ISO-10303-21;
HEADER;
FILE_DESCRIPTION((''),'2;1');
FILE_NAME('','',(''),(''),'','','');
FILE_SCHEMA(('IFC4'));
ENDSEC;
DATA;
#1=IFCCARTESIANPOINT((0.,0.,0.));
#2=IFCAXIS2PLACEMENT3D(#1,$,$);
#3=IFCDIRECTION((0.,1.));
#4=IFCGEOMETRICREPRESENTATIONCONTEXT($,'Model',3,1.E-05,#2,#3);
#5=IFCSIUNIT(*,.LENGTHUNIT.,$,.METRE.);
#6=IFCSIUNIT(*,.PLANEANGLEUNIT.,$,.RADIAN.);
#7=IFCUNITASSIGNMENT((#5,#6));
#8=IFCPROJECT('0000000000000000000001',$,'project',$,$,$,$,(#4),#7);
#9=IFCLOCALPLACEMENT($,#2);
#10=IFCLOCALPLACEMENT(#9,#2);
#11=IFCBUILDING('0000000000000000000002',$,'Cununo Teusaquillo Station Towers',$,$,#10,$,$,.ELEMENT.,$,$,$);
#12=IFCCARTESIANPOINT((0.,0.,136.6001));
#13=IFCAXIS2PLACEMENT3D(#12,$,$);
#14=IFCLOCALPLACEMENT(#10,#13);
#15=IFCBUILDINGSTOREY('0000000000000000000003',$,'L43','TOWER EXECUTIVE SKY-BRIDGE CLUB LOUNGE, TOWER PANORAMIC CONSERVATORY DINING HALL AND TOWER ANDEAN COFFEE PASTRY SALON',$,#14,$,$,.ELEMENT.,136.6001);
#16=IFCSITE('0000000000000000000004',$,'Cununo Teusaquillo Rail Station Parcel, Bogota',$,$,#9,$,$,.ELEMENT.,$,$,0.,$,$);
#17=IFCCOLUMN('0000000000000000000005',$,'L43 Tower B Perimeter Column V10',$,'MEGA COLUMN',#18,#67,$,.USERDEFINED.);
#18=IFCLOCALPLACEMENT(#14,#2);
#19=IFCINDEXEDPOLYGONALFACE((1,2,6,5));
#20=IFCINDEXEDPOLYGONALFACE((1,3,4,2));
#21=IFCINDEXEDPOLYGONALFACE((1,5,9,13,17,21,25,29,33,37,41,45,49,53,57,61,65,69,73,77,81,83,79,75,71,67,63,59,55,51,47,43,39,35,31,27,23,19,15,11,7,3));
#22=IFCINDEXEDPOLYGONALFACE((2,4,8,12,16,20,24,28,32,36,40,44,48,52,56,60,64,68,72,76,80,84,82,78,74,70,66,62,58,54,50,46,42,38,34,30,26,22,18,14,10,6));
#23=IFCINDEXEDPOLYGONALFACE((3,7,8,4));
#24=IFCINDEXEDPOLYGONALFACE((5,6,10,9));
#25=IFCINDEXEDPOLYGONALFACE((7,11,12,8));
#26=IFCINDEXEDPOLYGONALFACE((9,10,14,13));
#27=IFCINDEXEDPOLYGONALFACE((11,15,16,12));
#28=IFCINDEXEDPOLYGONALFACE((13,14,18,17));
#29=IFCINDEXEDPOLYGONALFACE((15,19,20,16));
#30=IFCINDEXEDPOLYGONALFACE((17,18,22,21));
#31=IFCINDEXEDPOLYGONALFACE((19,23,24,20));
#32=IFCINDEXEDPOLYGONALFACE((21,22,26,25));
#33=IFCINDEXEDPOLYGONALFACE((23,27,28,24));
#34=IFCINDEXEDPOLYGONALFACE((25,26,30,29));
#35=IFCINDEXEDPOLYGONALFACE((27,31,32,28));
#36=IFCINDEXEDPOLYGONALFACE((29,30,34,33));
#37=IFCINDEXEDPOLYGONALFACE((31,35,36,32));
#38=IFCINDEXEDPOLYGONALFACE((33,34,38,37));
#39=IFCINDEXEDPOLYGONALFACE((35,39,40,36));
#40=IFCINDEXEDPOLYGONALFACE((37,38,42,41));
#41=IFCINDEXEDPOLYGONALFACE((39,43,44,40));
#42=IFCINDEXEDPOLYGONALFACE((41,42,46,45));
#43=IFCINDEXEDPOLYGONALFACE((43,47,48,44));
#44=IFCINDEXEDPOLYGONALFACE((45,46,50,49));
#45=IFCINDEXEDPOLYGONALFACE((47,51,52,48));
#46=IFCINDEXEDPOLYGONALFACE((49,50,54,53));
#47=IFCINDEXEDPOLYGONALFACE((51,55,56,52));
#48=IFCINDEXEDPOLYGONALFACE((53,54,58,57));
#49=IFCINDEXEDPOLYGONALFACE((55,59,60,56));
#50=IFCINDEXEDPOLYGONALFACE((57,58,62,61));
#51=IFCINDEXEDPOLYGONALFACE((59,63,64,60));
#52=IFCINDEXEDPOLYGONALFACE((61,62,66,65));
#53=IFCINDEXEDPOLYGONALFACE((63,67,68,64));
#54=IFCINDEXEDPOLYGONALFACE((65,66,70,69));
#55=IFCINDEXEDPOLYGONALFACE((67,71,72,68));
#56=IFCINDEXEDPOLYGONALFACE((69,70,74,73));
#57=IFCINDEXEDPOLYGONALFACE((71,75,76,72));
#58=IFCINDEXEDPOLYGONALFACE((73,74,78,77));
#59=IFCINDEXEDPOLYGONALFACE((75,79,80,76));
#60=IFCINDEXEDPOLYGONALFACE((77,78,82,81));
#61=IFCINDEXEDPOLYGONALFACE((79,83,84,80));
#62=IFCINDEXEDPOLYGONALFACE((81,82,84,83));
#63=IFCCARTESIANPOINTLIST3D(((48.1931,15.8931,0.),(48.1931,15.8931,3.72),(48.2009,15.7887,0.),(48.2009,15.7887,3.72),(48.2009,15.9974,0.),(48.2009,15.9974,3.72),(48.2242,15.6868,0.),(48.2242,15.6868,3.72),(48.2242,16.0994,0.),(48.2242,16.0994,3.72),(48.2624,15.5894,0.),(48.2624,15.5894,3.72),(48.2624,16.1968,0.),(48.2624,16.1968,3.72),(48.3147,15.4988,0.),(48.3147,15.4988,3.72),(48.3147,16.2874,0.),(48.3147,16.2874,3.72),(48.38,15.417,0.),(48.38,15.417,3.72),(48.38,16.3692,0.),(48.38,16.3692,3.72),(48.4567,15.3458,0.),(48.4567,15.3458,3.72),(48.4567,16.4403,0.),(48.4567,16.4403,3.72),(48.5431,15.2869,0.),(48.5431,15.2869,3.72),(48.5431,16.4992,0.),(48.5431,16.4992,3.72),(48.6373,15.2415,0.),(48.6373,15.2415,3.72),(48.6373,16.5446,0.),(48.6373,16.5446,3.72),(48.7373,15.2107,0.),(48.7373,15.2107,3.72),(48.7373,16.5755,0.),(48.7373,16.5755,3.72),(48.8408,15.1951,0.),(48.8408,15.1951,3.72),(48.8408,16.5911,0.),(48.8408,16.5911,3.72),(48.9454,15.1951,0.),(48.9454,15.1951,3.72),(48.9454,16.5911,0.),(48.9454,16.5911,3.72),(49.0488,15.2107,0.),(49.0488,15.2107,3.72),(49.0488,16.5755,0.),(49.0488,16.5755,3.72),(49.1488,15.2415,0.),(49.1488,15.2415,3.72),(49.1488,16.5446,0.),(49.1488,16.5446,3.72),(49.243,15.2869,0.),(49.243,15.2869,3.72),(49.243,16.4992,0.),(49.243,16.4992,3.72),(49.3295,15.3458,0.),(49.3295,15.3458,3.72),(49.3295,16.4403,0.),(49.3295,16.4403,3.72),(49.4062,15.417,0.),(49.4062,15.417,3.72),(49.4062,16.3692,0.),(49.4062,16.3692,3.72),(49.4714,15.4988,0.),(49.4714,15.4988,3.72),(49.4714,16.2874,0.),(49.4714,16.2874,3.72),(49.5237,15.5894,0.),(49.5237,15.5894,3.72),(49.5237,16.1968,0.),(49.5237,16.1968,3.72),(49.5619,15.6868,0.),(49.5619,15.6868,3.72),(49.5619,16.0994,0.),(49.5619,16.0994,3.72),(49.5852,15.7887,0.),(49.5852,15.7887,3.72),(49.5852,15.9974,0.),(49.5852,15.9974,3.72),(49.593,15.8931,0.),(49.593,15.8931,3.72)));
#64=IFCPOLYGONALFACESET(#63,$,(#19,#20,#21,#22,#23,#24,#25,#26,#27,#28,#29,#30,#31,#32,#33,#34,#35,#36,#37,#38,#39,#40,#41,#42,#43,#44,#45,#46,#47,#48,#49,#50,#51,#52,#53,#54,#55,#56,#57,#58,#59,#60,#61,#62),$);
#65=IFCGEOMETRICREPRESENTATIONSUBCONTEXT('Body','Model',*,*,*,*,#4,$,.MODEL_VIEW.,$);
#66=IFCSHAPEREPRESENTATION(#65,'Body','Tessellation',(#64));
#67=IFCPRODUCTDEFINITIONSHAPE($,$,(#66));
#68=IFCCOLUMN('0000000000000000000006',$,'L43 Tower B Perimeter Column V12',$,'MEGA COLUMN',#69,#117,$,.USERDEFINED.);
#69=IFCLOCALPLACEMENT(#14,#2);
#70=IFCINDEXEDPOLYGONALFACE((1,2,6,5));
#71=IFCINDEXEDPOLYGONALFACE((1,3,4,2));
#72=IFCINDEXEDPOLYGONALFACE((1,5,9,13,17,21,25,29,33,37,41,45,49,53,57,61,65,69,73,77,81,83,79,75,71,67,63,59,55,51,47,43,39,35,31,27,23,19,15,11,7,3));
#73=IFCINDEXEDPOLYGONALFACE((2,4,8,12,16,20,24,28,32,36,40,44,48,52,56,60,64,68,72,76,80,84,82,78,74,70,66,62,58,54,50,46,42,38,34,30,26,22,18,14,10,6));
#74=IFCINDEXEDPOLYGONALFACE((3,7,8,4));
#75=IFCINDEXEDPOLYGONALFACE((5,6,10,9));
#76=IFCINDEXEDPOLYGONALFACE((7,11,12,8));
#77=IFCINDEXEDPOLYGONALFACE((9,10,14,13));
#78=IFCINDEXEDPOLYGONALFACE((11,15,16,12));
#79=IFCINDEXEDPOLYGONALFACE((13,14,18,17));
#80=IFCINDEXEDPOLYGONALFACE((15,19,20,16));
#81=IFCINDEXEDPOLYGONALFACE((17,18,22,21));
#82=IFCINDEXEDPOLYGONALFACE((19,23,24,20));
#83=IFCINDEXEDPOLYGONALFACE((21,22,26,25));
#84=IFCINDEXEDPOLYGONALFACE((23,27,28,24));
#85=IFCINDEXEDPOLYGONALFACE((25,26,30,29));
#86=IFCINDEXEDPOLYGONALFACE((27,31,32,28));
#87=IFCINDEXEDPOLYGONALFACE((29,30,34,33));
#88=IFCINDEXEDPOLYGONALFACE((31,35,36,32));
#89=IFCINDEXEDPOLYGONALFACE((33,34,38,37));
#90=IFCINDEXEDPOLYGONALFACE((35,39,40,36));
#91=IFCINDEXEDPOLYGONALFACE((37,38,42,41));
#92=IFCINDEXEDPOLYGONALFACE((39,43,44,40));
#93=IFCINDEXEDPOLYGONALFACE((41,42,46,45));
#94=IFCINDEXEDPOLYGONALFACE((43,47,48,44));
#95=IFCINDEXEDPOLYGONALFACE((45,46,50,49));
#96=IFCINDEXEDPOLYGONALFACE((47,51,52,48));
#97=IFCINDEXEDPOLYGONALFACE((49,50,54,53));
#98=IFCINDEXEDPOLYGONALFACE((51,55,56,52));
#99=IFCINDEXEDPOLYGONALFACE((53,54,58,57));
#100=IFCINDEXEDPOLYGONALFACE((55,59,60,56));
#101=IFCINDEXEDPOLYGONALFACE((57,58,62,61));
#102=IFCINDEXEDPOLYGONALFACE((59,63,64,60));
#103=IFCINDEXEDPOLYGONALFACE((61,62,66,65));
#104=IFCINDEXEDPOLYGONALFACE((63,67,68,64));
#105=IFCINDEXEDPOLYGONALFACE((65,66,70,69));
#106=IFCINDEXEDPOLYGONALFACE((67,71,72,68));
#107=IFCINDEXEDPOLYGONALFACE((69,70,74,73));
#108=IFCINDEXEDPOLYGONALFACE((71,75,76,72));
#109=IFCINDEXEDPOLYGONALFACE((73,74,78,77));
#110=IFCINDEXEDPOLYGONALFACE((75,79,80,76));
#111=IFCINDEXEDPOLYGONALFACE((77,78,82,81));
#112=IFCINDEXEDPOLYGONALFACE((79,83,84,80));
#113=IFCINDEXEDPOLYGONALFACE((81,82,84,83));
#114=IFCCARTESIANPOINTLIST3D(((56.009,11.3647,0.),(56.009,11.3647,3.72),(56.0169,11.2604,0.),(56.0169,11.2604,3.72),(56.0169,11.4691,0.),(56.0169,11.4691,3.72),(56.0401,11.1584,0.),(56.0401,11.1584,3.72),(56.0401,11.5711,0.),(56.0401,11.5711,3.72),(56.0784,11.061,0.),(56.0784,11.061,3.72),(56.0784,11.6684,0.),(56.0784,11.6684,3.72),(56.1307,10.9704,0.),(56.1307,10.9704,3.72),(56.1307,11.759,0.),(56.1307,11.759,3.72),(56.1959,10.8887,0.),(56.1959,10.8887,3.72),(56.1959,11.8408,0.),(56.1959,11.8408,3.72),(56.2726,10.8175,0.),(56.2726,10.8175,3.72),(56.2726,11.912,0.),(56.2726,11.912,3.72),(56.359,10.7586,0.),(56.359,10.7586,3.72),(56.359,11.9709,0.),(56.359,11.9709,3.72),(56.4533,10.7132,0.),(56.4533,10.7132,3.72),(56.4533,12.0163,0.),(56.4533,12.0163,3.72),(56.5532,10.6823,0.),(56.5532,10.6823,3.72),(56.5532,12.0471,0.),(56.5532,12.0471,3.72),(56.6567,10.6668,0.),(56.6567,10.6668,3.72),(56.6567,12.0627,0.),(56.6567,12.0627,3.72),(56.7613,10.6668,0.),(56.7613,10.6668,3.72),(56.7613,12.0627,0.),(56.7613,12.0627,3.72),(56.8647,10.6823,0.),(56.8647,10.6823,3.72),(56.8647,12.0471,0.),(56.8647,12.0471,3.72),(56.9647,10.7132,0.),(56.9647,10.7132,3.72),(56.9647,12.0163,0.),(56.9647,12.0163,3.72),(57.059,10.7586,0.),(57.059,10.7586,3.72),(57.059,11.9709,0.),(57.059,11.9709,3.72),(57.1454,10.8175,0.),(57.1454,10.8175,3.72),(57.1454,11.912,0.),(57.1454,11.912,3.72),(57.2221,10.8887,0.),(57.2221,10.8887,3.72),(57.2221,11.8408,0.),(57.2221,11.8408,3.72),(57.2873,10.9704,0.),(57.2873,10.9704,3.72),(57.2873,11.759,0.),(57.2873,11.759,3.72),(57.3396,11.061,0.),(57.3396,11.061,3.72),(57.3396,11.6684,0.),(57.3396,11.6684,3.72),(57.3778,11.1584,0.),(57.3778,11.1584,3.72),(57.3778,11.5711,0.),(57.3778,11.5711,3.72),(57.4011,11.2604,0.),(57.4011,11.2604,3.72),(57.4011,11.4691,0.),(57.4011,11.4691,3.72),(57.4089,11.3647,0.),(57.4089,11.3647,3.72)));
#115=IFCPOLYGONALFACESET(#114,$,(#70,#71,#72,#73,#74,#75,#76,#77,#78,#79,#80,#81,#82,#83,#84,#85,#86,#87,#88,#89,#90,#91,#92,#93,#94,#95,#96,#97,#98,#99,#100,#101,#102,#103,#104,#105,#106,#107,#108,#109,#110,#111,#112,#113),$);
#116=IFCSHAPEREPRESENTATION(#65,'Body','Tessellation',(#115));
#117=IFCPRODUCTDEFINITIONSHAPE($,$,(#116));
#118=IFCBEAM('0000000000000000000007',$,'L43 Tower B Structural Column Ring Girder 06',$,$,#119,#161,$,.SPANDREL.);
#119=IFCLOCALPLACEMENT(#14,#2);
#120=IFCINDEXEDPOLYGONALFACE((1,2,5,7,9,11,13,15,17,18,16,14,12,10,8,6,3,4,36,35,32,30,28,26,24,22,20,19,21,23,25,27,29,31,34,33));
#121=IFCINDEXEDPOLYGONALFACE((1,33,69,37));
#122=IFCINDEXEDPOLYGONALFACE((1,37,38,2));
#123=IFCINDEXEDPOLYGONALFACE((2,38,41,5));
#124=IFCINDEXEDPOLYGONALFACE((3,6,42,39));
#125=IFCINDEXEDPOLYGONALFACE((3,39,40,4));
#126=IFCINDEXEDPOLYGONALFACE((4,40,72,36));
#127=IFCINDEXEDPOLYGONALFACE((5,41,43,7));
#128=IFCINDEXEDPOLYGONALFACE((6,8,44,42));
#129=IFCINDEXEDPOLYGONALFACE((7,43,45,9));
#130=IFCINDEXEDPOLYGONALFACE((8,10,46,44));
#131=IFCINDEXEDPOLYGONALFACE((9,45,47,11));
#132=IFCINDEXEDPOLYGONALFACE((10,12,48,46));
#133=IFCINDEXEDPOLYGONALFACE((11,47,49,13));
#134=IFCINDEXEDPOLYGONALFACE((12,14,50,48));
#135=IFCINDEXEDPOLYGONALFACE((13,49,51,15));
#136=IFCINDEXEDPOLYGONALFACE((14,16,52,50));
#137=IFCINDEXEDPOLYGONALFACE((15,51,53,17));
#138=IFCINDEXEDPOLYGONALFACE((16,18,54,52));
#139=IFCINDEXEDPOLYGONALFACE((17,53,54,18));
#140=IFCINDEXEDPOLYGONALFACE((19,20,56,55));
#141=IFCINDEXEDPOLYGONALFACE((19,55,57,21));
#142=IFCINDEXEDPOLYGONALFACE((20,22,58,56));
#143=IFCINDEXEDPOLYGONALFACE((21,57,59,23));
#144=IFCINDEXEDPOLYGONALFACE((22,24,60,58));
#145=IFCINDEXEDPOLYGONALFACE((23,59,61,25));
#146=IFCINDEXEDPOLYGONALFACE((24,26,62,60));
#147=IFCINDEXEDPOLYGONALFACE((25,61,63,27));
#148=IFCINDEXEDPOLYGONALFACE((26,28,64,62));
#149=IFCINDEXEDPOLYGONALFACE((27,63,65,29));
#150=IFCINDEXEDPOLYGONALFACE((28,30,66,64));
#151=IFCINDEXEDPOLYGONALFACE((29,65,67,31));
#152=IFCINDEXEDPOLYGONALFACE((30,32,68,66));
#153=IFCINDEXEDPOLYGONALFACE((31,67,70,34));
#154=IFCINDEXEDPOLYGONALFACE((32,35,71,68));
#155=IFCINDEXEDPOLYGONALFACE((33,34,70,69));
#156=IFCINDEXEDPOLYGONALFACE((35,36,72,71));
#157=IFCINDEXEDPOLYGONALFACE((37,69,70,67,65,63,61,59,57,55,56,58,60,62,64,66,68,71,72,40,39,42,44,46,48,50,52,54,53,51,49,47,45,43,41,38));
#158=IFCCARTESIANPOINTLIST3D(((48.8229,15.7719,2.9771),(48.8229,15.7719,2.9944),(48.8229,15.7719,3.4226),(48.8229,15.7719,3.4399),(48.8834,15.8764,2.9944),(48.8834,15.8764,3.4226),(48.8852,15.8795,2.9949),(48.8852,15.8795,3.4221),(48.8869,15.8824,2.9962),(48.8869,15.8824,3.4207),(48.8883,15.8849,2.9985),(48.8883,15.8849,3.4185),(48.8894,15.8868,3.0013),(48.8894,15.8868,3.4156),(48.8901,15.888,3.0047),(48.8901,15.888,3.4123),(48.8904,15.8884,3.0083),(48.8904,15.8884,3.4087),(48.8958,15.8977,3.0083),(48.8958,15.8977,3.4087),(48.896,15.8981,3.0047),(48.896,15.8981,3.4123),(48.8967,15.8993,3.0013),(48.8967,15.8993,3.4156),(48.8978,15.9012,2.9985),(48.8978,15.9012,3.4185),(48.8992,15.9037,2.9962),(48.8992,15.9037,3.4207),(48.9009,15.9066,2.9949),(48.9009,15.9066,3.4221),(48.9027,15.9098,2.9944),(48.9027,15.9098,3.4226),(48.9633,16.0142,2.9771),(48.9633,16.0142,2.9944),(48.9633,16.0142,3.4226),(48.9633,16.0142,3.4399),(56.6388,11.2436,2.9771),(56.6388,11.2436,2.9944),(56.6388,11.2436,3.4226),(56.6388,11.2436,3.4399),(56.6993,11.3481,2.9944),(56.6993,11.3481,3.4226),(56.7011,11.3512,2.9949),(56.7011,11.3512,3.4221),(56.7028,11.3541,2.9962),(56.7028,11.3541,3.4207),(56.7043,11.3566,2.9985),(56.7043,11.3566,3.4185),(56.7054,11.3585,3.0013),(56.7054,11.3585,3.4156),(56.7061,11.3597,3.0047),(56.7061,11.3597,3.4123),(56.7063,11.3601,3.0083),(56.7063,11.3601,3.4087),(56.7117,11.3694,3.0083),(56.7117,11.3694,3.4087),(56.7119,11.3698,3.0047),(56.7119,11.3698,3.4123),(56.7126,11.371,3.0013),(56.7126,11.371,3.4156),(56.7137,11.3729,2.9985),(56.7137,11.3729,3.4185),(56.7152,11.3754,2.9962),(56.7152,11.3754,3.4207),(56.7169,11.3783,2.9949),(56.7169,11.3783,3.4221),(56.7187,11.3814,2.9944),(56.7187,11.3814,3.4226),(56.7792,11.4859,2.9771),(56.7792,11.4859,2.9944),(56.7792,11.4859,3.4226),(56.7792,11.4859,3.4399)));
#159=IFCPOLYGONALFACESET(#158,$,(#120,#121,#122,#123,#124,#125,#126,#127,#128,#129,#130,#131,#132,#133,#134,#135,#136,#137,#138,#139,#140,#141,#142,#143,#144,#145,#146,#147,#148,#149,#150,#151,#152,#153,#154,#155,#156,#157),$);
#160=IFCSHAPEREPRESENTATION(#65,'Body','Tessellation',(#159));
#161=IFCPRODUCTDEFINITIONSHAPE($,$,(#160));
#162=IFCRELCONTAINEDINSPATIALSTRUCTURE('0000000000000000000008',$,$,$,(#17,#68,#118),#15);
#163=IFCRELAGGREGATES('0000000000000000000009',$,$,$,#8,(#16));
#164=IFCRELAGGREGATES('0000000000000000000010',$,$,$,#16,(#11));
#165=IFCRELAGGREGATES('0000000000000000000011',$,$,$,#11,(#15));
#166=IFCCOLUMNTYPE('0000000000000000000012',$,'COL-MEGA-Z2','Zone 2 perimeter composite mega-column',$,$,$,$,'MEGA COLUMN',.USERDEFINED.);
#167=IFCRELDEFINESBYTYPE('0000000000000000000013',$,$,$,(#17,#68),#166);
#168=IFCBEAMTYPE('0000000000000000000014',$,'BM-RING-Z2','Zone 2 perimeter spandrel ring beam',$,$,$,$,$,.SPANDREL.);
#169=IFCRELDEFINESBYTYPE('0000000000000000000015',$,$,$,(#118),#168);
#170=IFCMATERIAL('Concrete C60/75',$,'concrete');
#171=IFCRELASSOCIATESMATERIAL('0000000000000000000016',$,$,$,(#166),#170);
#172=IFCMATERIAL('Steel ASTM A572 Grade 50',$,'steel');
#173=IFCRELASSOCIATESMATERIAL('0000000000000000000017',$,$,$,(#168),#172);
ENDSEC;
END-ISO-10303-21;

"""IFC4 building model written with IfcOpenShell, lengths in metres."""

from ifc_helpers import new_model, si_unit, direction, frame, origin, origin_2d, place, context, subcontext, project, spatial, circle, i_section, extrude, material, material_profile, profile_set, type_object, element, save


model = new_model("IFC4")

# Units and contexts
model_context = context("Model", 3, precision=1e-05, world=origin(), true_north=direction((0.0, 1.0)))
body_context = subcontext(model_context, "Body", "Model", "MODEL_VIEW")
ifc_project = project(units=[si_unit("LENGTHUNIT", "METRE"), si_unit("PLANEANGLEUNIT", "RADIAN")], contexts=[model_context])

# Site, building, storey
site_placement = place(None, origin())
site = spatial("IfcSite", under=ifc_project, at=site_placement, Name="Cununo Teusaquillo Rail Station Parcel, Bogota", CompositionType="ELEMENT", RefElevation=0.0)
building_placement = place(site_placement, origin())
building = spatial("IfcBuilding", under=site, at=building_placement, Name="Cununo Teusaquillo Station Towers", CompositionType="ELEMENT")
storey_placement = place(building_placement, frame((0.0, 0.0, 136.6001)))
storey = spatial("IfcBuildingStorey", under=building, at=storey_placement, Name="L43", Description="TOWER EXECUTIVE SKY-BRIDGE CLUB LOUNGE, TOWER PANORAMIC CONSERVATORY DINING HALL AND TOWER ANDEAN COFFEE PASTRY SALON", CompositionType="ELEMENT", Elevation=136.6001)

# Columns
ifc_material_1 = material(Name="Concrete C60/75", Category="concrete")
ifc_material_profile_1 = material_profile(ifc_material_1, circle(Radius=0.7, at=origin_2d()), Name="RC-CIRC-1400")
ifc_profile_set_1 = profile_set([ifc_material_profile_1], Name="Concrete C60/75")
column_type = type_object("IfcColumnType", Name="COL-MEGA-Z2", Description="Zone 2 perimeter composite mega-column", ElementType="MEGA COLUMN", PredefinedType="USERDEFINED", material=ifc_profile_set_1)
for number, where, z_axis, x_axis, name in (
    (1, (48.8931, 15.8931, 0.0), (0.0, 0.0, 1.0), (1.0, 0.0, 0.0), "L43 Tower B Perimeter Column V10"),
    (2, (56.709, 11.3647, 0.0), (0.0, 0.0, 1.0), (1.0, 0.0, 0.0), "L43 Tower B Perimeter Column V12"),
):
    element("IfcColumn", number, at=place(storey_placement, frame(where, z_axis=z_axis, x_axis=x_axis)), inside=storey, type_object=column_type, Name=name, ObjectType="MEGA COLUMN", PredefinedType="USERDEFINED", context=body_context, shape_type="SweptSolid", body=[
        extrude(circle(Radius=0.7, at=origin_2d()), origin(), (0.0, 0.0, 1.0), 3.72),
    ])

# Beam
ifc_material_2 = material(Name="Steel ASTM A572 Grade 50", Category="steel")
ifc_material_profile_2 = material_profile(ifc_material_2, i_section(OverallWidth=0.28, OverallDepth=0.4629, WebThickness=0.0107, FlangeThickness=0.0173, FilletRadius=0.0139, at=origin_2d()), Name="W18X76")
ifc_profile_set_2 = profile_set([ifc_material_profile_2], Name="Steel ASTM A572 Grade 50")
beam_type = type_object("IfcBeamType", Name="BM-RING-Z2", Description="Zone 2 perimeter spandrel ring beam", PredefinedType="SPANDREL", material=ifc_profile_set_2)
beam_1_placement = place(storey_placement, frame((48.8931, 15.8931, 3.2085), z_axis=(0.865267, -0.501311, 0.0), x_axis=(0.501311, 0.865267, 0.0)))
element("IfcBeam", 3, at=beam_1_placement, inside=storey, type_object=beam_type, Name="L43 Tower B Structural Column Ring Girder 06", PredefinedType="SPANDREL", context=body_context, shape_type="SweptSolid", body=[
    extrude(i_section(OverallWidth=0.28, OverallDepth=0.4629, WebThickness=0.0107, FlangeThickness=0.0173, FilletRadius=0.0139, at=origin_2d()), origin(), (0.0, 0.0, 1.0), 9.033),
])

save(model, "model.ifc")
